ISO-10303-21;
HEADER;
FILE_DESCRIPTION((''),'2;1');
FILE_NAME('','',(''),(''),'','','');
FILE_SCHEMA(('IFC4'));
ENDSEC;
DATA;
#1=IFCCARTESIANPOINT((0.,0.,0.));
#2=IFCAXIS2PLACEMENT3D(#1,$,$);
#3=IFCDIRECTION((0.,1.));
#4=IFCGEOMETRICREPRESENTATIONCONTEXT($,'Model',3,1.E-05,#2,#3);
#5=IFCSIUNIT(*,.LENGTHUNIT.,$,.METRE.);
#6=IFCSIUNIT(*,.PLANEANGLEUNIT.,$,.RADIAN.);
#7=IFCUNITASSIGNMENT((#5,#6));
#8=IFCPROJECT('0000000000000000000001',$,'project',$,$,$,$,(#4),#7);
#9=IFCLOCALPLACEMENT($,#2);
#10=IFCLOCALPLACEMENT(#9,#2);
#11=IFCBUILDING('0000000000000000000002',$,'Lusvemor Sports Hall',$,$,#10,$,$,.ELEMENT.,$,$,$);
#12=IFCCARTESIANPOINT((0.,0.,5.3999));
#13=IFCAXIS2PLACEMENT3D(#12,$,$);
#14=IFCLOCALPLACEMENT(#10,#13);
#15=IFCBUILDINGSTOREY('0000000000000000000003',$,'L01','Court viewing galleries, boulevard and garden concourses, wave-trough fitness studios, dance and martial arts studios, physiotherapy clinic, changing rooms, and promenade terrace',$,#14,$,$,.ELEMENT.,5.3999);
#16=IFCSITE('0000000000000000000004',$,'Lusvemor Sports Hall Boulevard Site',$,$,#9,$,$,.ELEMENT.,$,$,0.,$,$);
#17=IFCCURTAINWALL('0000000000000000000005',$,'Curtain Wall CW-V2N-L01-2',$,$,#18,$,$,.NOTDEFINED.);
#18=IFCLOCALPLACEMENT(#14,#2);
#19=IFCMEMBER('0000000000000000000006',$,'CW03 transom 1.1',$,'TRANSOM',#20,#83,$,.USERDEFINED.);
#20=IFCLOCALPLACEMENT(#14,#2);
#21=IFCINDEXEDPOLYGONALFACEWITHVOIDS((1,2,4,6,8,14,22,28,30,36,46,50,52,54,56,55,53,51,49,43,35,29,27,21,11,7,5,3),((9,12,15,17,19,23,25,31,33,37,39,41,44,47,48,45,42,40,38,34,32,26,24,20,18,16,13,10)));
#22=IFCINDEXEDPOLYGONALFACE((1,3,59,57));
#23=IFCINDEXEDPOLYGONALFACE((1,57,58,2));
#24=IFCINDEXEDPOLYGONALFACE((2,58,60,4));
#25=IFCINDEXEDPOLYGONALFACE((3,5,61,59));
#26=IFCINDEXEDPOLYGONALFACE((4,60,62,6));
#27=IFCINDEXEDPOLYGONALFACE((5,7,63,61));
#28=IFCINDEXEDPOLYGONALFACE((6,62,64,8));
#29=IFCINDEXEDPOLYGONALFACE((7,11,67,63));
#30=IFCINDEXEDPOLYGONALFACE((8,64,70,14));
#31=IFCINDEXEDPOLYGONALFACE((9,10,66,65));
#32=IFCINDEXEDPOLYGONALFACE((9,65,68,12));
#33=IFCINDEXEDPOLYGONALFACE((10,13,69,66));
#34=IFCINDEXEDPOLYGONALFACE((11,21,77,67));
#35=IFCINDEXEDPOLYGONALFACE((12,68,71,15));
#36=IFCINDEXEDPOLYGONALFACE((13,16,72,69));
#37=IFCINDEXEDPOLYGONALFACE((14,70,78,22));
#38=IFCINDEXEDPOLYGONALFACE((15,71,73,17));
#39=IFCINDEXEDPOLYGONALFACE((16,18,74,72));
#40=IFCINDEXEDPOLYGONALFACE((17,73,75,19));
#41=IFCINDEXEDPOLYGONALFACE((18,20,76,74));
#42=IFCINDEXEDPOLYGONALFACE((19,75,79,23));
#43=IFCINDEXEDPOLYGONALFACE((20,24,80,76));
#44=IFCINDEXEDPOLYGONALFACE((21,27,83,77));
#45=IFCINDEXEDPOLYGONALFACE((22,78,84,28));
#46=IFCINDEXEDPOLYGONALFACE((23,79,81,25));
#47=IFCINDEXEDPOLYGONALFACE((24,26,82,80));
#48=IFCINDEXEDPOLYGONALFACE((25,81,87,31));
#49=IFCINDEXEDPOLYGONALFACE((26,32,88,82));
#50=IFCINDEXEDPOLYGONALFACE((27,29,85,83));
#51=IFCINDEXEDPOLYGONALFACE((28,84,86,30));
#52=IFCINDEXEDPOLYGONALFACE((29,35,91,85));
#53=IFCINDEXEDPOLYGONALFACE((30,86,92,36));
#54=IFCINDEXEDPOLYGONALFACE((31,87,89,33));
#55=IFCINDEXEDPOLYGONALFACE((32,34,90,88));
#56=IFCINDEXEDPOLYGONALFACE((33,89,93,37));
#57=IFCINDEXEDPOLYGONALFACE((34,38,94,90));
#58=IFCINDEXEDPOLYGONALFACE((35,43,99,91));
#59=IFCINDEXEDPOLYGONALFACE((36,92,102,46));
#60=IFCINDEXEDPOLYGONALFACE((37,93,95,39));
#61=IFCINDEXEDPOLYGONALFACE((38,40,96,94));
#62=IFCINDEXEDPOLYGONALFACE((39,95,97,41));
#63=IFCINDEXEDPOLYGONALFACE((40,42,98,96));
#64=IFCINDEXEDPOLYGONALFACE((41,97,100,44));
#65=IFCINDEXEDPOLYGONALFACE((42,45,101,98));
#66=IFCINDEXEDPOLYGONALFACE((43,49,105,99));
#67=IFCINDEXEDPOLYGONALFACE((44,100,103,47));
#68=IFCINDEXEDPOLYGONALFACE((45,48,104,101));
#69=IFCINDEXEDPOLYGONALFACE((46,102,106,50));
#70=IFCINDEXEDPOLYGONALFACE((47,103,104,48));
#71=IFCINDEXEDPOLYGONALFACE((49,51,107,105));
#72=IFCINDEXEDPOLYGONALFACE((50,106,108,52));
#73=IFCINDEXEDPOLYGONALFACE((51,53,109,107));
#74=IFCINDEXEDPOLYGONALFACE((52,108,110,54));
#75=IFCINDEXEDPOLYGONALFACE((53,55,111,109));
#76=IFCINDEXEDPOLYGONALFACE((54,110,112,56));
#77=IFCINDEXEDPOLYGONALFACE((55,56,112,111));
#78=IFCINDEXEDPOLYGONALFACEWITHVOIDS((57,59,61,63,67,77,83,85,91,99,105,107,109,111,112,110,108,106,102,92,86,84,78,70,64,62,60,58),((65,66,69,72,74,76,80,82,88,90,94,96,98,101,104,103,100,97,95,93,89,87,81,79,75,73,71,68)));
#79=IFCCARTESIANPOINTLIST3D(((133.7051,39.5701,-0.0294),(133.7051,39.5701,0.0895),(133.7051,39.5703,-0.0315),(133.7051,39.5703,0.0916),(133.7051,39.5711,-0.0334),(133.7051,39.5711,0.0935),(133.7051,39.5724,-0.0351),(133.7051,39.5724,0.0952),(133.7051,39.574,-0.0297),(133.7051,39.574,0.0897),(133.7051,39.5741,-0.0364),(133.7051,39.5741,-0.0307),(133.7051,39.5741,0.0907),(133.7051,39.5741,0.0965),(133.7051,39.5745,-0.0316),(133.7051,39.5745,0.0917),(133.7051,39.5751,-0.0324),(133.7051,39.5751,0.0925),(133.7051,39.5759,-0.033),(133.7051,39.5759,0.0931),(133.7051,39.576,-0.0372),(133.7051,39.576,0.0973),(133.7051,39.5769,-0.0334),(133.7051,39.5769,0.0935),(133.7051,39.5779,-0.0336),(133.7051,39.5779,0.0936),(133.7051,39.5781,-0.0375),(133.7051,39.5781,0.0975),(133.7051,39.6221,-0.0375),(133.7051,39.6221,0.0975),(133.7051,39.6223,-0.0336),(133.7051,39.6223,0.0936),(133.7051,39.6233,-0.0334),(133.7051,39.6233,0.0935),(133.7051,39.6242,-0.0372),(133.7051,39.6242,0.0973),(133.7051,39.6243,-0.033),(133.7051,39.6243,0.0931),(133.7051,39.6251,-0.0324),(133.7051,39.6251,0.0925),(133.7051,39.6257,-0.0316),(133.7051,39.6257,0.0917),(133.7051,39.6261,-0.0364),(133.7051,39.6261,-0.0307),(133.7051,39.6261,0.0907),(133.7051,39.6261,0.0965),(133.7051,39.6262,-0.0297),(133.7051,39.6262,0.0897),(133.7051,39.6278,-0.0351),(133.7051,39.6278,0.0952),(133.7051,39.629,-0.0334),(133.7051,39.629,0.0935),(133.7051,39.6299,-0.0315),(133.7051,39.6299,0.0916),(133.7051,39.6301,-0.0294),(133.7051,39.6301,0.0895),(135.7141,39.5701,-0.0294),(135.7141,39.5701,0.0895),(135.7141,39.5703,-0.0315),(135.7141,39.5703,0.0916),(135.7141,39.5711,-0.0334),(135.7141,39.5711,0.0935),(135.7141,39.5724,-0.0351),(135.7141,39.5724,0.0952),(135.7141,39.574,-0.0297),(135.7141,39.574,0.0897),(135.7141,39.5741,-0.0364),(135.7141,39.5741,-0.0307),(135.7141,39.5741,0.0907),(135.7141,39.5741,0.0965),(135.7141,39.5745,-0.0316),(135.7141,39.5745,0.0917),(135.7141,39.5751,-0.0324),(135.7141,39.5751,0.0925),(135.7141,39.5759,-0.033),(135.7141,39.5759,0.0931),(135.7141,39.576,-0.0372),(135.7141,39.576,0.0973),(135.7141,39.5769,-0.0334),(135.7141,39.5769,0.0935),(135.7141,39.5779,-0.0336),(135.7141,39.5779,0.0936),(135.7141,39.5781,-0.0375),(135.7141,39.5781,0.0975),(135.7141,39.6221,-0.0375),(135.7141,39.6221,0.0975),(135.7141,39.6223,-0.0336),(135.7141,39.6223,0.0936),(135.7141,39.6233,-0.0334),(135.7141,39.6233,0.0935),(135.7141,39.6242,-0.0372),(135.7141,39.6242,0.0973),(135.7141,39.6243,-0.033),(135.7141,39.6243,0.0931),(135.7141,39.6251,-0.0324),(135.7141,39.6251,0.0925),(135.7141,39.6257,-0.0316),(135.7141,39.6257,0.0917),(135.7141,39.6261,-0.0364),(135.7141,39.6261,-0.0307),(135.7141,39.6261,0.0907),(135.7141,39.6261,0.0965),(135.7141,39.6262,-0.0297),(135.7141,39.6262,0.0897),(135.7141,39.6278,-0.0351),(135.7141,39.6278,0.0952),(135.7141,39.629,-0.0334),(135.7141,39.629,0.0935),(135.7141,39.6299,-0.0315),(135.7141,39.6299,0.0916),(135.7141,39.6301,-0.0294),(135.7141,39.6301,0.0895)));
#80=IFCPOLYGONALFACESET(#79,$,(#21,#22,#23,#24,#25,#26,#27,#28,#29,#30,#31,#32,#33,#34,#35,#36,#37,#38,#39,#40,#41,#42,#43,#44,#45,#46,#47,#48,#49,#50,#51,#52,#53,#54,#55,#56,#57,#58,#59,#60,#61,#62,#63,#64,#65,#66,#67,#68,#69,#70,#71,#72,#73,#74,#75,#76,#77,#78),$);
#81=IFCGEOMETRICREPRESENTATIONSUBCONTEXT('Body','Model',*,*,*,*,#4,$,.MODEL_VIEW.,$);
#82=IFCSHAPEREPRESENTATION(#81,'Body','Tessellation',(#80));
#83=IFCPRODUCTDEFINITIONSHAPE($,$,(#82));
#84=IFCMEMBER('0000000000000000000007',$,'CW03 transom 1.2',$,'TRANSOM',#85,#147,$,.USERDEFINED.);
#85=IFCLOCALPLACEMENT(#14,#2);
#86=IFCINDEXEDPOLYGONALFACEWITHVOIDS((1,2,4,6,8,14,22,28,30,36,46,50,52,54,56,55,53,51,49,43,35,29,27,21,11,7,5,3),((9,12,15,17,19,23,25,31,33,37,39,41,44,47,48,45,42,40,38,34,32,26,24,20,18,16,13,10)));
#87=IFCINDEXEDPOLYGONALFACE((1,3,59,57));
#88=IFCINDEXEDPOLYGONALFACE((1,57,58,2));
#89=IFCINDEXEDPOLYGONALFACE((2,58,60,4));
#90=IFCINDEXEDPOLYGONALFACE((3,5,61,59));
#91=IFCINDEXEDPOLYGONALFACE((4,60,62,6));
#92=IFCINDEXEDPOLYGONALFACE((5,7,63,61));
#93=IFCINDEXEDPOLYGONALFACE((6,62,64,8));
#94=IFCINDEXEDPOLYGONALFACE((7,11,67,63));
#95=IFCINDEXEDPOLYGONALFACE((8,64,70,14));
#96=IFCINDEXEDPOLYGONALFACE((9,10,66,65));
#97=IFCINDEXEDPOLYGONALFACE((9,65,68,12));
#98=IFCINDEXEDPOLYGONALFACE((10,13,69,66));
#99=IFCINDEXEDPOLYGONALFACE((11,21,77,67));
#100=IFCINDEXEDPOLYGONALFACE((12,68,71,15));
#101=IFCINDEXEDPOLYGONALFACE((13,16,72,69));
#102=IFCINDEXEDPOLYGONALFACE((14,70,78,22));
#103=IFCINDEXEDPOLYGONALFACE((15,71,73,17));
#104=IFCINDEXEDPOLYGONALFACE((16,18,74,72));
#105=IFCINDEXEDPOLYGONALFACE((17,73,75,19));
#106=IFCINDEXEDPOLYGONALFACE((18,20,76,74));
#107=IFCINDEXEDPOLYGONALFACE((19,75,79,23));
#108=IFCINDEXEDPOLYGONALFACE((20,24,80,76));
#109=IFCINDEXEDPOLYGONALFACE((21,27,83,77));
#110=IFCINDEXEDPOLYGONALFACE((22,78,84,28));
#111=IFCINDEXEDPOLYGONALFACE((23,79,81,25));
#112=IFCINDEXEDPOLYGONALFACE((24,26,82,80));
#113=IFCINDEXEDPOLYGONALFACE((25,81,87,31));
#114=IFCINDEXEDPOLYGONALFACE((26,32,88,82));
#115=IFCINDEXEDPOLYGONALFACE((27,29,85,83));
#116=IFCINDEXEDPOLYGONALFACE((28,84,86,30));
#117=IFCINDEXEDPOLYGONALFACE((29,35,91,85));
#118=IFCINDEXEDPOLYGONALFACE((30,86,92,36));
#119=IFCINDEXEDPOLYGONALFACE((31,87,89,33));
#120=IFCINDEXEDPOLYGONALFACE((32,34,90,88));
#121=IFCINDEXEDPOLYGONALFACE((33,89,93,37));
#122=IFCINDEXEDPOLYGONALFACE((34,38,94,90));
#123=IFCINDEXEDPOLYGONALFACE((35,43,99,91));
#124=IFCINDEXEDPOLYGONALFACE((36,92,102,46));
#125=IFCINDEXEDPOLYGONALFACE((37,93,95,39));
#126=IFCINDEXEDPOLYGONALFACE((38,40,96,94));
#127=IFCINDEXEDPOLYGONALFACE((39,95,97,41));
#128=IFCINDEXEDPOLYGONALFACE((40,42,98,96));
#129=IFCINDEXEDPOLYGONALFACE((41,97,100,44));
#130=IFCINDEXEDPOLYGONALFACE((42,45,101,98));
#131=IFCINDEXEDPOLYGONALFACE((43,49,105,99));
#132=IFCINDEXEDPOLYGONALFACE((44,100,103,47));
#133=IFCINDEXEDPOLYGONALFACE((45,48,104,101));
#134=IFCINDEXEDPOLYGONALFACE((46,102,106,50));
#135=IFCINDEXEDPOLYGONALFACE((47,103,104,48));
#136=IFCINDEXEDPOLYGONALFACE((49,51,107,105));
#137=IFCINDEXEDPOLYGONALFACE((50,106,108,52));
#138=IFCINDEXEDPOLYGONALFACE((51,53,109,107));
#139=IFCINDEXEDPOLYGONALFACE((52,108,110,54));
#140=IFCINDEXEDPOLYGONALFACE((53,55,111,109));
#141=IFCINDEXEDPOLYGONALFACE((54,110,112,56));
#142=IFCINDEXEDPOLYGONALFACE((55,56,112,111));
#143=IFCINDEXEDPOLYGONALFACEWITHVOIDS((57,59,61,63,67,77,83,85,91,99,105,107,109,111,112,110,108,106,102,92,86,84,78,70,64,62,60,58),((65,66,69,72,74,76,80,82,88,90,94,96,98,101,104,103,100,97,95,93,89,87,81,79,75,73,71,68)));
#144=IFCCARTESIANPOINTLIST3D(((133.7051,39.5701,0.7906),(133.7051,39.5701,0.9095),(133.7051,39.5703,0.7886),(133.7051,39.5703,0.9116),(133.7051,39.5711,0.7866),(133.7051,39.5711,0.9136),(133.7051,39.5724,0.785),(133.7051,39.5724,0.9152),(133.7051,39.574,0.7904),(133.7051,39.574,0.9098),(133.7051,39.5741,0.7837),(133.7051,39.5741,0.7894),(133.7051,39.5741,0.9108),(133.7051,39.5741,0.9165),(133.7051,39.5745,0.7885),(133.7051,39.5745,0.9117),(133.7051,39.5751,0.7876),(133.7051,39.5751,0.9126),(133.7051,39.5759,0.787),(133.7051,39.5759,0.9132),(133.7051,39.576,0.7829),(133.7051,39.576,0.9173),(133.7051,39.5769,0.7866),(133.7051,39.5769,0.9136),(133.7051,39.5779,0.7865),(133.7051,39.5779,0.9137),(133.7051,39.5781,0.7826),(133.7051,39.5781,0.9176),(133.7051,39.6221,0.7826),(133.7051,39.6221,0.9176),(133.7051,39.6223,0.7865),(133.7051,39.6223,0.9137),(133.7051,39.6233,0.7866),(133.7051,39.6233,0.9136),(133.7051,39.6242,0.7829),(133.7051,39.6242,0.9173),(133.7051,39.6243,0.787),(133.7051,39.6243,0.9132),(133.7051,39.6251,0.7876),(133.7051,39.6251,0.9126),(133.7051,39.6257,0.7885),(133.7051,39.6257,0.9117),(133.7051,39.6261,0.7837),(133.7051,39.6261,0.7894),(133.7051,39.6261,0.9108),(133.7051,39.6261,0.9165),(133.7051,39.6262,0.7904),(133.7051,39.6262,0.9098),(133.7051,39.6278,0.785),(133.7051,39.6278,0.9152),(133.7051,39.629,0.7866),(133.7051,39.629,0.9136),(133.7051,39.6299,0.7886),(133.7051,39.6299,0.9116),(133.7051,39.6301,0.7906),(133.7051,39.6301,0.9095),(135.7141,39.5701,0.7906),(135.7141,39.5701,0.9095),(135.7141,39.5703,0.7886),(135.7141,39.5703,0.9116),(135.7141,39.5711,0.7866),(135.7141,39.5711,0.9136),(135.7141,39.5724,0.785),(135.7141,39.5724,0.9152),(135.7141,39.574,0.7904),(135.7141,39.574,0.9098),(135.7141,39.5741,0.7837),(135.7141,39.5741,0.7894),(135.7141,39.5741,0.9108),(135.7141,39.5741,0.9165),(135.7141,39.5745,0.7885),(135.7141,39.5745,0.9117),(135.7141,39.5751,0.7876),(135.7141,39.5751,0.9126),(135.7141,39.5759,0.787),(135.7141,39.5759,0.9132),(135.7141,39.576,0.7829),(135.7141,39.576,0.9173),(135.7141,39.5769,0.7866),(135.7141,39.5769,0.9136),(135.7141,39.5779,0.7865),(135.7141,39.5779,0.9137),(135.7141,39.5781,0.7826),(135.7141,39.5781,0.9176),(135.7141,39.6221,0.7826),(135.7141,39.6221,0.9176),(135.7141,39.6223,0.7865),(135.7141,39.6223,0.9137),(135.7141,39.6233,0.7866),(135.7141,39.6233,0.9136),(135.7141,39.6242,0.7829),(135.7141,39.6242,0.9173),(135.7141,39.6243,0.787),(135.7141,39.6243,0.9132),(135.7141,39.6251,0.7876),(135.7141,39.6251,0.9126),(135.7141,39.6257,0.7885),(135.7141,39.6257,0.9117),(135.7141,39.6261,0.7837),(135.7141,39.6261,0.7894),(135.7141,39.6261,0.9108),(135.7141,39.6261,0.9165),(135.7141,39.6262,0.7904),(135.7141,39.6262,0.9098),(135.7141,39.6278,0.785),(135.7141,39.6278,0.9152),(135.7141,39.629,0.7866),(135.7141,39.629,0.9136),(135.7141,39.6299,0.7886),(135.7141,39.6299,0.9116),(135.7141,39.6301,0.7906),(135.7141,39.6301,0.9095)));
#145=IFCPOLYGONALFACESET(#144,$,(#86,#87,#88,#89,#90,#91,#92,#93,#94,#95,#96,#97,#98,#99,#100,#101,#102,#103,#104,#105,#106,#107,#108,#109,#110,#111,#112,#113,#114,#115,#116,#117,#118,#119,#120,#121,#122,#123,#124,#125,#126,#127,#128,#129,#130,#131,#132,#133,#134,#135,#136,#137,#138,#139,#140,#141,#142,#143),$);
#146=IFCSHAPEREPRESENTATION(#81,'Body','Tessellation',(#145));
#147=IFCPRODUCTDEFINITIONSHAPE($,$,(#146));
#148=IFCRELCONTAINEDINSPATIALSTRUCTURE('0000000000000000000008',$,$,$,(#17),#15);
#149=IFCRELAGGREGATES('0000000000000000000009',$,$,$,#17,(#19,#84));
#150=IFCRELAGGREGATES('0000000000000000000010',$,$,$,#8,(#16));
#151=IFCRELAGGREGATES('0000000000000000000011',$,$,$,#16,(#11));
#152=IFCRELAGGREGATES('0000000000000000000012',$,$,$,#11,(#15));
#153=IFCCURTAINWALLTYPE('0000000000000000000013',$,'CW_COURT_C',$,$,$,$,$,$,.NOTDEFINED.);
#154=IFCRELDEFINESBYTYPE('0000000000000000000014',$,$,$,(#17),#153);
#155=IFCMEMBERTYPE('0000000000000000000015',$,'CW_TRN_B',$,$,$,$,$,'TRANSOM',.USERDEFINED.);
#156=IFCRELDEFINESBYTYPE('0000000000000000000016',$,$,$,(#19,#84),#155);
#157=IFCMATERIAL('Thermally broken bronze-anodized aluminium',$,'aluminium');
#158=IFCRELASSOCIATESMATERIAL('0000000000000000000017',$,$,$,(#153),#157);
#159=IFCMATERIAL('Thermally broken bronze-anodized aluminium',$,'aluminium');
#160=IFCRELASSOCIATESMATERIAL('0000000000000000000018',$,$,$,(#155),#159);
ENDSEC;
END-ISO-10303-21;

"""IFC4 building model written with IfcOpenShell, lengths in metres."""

from ifc_helpers import new_model, si_unit, direction, frame, origin, origin_2d, place, context, subcontext, project, spatial, hollow_rectangle, extrude, material, material_profile, profile_set, type_object, element, aggregate, save


model = new_model("IFC4")

# Units and contexts
model_context = context("Model", 3, precision=1e-05, world=origin(), true_north=direction((0.0, 1.0)))
body_context = subcontext(model_context, "Body", "Model", "MODEL_VIEW")
ifc_project = project(units=[si_unit("LENGTHUNIT", "METRE"), si_unit("PLANEANGLEUNIT", "RADIAN")], contexts=[model_context])

# Site, building, storey
site_placement = place(None, origin())
site = spatial("IfcSite", under=ifc_project, at=site_placement, Name="Lusvemor Sports Hall Boulevard Site", CompositionType="ELEMENT", RefElevation=0.0)
building_placement = place(site_placement, origin())
building = spatial("IfcBuilding", under=site, at=building_placement, Name="Lusvemor Sports Hall", CompositionType="ELEMENT")
storey_placement = place(building_placement, frame((0.0, 0.0, 5.3999)))
storey = spatial("IfcBuildingStorey", under=building, at=storey_placement, Name="L01", Description="Court viewing galleries, boulevard and garden concourses, wave-trough fitness studios, dance and martial arts studios, physiotherapy clinic, changing rooms, and promenade terrace", CompositionType="ELEMENT", Elevation=5.3999)

# Curtain wall, members
ifc_material_1 = material(Name="Thermally broken bronze-anodized aluminium", Category="aluminium")
curtain_wall_type = type_object("IfcCurtainWallType", Name="CW_COURT_C", PredefinedType="NOTDEFINED", material=ifc_material_1)
curtain_wall_placement = place(storey_placement, origin())
curtain_wall = element("IfcCurtainWall", 1, at=curtain_wall_placement, inside=storey, type_object=curtain_wall_type, Name="Curtain Wall CW-V2N-L01-2", PredefinedType="NOTDEFINED")
ifc_material_2 = material(Name="Thermally broken bronze-anodized aluminium", Category="aluminium")
ifc_material_profile_1 = material_profile(ifc_material_2, hollow_rectangle(XDim=0.0601, YDim=0.135, WallThickness=0.0039, InnerFilletRadius=0.0039, OuterFilletRadius=0.0081, at=origin_2d()), Name="CWTRN135x60x4")
ifc_profile_set_1 = profile_set([ifc_material_profile_1], Name="Thermally broken bronze-anodized aluminium")
member_type_1 = type_object("IfcMemberType", Name="CW_TRN_B", ElementType="TRANSOM", PredefinedType="USERDEFINED", material=ifc_profile_set_1)
member_1_placement = place(storey_placement, frame((133.7051, 39.6001, 0.03), z_axis=(1.0, 0.0, 0.0), x_axis=(0.0, 1.0, 0.0)))
member_1 = element("IfcMember", 2, at=member_1_placement, type_object=member_type_1, Name="CW03 transom 1.1", ObjectType="TRANSOM", PredefinedType="USERDEFINED", context=body_context, shape_type="SweptSolid", body=[
    extrude(hollow_rectangle(XDim=0.0601, YDim=0.135, WallThickness=0.0039, InnerFilletRadius=0.0039, OuterFilletRadius=0.0081, at=origin_2d()), origin(), (0.0, 0.0, 1.0), 2.009),
])
member_2_placement = place(storey_placement, frame((133.7051, 39.6001, 0.8501), z_axis=(1.0, 0.0, 0.0), x_axis=(0.0, 1.0, 0.0)))
member_2 = element("IfcMember", 3, at=member_2_placement, type_object=member_type_1, Name="CW03 transom 1.2", ObjectType="TRANSOM", PredefinedType="USERDEFINED", context=body_context, shape_type="SweptSolid", body=[
    extrude(hollow_rectangle(XDim=0.0601, YDim=0.135, WallThickness=0.0039, InnerFilletRadius=0.0039, OuterFilletRadius=0.0081, at=origin_2d()), origin(), (0.0, 0.0, 1.0), 2.009),
])

aggregate(curtain_wall, [member_1, member_2])

save(model, "model.ifc")
